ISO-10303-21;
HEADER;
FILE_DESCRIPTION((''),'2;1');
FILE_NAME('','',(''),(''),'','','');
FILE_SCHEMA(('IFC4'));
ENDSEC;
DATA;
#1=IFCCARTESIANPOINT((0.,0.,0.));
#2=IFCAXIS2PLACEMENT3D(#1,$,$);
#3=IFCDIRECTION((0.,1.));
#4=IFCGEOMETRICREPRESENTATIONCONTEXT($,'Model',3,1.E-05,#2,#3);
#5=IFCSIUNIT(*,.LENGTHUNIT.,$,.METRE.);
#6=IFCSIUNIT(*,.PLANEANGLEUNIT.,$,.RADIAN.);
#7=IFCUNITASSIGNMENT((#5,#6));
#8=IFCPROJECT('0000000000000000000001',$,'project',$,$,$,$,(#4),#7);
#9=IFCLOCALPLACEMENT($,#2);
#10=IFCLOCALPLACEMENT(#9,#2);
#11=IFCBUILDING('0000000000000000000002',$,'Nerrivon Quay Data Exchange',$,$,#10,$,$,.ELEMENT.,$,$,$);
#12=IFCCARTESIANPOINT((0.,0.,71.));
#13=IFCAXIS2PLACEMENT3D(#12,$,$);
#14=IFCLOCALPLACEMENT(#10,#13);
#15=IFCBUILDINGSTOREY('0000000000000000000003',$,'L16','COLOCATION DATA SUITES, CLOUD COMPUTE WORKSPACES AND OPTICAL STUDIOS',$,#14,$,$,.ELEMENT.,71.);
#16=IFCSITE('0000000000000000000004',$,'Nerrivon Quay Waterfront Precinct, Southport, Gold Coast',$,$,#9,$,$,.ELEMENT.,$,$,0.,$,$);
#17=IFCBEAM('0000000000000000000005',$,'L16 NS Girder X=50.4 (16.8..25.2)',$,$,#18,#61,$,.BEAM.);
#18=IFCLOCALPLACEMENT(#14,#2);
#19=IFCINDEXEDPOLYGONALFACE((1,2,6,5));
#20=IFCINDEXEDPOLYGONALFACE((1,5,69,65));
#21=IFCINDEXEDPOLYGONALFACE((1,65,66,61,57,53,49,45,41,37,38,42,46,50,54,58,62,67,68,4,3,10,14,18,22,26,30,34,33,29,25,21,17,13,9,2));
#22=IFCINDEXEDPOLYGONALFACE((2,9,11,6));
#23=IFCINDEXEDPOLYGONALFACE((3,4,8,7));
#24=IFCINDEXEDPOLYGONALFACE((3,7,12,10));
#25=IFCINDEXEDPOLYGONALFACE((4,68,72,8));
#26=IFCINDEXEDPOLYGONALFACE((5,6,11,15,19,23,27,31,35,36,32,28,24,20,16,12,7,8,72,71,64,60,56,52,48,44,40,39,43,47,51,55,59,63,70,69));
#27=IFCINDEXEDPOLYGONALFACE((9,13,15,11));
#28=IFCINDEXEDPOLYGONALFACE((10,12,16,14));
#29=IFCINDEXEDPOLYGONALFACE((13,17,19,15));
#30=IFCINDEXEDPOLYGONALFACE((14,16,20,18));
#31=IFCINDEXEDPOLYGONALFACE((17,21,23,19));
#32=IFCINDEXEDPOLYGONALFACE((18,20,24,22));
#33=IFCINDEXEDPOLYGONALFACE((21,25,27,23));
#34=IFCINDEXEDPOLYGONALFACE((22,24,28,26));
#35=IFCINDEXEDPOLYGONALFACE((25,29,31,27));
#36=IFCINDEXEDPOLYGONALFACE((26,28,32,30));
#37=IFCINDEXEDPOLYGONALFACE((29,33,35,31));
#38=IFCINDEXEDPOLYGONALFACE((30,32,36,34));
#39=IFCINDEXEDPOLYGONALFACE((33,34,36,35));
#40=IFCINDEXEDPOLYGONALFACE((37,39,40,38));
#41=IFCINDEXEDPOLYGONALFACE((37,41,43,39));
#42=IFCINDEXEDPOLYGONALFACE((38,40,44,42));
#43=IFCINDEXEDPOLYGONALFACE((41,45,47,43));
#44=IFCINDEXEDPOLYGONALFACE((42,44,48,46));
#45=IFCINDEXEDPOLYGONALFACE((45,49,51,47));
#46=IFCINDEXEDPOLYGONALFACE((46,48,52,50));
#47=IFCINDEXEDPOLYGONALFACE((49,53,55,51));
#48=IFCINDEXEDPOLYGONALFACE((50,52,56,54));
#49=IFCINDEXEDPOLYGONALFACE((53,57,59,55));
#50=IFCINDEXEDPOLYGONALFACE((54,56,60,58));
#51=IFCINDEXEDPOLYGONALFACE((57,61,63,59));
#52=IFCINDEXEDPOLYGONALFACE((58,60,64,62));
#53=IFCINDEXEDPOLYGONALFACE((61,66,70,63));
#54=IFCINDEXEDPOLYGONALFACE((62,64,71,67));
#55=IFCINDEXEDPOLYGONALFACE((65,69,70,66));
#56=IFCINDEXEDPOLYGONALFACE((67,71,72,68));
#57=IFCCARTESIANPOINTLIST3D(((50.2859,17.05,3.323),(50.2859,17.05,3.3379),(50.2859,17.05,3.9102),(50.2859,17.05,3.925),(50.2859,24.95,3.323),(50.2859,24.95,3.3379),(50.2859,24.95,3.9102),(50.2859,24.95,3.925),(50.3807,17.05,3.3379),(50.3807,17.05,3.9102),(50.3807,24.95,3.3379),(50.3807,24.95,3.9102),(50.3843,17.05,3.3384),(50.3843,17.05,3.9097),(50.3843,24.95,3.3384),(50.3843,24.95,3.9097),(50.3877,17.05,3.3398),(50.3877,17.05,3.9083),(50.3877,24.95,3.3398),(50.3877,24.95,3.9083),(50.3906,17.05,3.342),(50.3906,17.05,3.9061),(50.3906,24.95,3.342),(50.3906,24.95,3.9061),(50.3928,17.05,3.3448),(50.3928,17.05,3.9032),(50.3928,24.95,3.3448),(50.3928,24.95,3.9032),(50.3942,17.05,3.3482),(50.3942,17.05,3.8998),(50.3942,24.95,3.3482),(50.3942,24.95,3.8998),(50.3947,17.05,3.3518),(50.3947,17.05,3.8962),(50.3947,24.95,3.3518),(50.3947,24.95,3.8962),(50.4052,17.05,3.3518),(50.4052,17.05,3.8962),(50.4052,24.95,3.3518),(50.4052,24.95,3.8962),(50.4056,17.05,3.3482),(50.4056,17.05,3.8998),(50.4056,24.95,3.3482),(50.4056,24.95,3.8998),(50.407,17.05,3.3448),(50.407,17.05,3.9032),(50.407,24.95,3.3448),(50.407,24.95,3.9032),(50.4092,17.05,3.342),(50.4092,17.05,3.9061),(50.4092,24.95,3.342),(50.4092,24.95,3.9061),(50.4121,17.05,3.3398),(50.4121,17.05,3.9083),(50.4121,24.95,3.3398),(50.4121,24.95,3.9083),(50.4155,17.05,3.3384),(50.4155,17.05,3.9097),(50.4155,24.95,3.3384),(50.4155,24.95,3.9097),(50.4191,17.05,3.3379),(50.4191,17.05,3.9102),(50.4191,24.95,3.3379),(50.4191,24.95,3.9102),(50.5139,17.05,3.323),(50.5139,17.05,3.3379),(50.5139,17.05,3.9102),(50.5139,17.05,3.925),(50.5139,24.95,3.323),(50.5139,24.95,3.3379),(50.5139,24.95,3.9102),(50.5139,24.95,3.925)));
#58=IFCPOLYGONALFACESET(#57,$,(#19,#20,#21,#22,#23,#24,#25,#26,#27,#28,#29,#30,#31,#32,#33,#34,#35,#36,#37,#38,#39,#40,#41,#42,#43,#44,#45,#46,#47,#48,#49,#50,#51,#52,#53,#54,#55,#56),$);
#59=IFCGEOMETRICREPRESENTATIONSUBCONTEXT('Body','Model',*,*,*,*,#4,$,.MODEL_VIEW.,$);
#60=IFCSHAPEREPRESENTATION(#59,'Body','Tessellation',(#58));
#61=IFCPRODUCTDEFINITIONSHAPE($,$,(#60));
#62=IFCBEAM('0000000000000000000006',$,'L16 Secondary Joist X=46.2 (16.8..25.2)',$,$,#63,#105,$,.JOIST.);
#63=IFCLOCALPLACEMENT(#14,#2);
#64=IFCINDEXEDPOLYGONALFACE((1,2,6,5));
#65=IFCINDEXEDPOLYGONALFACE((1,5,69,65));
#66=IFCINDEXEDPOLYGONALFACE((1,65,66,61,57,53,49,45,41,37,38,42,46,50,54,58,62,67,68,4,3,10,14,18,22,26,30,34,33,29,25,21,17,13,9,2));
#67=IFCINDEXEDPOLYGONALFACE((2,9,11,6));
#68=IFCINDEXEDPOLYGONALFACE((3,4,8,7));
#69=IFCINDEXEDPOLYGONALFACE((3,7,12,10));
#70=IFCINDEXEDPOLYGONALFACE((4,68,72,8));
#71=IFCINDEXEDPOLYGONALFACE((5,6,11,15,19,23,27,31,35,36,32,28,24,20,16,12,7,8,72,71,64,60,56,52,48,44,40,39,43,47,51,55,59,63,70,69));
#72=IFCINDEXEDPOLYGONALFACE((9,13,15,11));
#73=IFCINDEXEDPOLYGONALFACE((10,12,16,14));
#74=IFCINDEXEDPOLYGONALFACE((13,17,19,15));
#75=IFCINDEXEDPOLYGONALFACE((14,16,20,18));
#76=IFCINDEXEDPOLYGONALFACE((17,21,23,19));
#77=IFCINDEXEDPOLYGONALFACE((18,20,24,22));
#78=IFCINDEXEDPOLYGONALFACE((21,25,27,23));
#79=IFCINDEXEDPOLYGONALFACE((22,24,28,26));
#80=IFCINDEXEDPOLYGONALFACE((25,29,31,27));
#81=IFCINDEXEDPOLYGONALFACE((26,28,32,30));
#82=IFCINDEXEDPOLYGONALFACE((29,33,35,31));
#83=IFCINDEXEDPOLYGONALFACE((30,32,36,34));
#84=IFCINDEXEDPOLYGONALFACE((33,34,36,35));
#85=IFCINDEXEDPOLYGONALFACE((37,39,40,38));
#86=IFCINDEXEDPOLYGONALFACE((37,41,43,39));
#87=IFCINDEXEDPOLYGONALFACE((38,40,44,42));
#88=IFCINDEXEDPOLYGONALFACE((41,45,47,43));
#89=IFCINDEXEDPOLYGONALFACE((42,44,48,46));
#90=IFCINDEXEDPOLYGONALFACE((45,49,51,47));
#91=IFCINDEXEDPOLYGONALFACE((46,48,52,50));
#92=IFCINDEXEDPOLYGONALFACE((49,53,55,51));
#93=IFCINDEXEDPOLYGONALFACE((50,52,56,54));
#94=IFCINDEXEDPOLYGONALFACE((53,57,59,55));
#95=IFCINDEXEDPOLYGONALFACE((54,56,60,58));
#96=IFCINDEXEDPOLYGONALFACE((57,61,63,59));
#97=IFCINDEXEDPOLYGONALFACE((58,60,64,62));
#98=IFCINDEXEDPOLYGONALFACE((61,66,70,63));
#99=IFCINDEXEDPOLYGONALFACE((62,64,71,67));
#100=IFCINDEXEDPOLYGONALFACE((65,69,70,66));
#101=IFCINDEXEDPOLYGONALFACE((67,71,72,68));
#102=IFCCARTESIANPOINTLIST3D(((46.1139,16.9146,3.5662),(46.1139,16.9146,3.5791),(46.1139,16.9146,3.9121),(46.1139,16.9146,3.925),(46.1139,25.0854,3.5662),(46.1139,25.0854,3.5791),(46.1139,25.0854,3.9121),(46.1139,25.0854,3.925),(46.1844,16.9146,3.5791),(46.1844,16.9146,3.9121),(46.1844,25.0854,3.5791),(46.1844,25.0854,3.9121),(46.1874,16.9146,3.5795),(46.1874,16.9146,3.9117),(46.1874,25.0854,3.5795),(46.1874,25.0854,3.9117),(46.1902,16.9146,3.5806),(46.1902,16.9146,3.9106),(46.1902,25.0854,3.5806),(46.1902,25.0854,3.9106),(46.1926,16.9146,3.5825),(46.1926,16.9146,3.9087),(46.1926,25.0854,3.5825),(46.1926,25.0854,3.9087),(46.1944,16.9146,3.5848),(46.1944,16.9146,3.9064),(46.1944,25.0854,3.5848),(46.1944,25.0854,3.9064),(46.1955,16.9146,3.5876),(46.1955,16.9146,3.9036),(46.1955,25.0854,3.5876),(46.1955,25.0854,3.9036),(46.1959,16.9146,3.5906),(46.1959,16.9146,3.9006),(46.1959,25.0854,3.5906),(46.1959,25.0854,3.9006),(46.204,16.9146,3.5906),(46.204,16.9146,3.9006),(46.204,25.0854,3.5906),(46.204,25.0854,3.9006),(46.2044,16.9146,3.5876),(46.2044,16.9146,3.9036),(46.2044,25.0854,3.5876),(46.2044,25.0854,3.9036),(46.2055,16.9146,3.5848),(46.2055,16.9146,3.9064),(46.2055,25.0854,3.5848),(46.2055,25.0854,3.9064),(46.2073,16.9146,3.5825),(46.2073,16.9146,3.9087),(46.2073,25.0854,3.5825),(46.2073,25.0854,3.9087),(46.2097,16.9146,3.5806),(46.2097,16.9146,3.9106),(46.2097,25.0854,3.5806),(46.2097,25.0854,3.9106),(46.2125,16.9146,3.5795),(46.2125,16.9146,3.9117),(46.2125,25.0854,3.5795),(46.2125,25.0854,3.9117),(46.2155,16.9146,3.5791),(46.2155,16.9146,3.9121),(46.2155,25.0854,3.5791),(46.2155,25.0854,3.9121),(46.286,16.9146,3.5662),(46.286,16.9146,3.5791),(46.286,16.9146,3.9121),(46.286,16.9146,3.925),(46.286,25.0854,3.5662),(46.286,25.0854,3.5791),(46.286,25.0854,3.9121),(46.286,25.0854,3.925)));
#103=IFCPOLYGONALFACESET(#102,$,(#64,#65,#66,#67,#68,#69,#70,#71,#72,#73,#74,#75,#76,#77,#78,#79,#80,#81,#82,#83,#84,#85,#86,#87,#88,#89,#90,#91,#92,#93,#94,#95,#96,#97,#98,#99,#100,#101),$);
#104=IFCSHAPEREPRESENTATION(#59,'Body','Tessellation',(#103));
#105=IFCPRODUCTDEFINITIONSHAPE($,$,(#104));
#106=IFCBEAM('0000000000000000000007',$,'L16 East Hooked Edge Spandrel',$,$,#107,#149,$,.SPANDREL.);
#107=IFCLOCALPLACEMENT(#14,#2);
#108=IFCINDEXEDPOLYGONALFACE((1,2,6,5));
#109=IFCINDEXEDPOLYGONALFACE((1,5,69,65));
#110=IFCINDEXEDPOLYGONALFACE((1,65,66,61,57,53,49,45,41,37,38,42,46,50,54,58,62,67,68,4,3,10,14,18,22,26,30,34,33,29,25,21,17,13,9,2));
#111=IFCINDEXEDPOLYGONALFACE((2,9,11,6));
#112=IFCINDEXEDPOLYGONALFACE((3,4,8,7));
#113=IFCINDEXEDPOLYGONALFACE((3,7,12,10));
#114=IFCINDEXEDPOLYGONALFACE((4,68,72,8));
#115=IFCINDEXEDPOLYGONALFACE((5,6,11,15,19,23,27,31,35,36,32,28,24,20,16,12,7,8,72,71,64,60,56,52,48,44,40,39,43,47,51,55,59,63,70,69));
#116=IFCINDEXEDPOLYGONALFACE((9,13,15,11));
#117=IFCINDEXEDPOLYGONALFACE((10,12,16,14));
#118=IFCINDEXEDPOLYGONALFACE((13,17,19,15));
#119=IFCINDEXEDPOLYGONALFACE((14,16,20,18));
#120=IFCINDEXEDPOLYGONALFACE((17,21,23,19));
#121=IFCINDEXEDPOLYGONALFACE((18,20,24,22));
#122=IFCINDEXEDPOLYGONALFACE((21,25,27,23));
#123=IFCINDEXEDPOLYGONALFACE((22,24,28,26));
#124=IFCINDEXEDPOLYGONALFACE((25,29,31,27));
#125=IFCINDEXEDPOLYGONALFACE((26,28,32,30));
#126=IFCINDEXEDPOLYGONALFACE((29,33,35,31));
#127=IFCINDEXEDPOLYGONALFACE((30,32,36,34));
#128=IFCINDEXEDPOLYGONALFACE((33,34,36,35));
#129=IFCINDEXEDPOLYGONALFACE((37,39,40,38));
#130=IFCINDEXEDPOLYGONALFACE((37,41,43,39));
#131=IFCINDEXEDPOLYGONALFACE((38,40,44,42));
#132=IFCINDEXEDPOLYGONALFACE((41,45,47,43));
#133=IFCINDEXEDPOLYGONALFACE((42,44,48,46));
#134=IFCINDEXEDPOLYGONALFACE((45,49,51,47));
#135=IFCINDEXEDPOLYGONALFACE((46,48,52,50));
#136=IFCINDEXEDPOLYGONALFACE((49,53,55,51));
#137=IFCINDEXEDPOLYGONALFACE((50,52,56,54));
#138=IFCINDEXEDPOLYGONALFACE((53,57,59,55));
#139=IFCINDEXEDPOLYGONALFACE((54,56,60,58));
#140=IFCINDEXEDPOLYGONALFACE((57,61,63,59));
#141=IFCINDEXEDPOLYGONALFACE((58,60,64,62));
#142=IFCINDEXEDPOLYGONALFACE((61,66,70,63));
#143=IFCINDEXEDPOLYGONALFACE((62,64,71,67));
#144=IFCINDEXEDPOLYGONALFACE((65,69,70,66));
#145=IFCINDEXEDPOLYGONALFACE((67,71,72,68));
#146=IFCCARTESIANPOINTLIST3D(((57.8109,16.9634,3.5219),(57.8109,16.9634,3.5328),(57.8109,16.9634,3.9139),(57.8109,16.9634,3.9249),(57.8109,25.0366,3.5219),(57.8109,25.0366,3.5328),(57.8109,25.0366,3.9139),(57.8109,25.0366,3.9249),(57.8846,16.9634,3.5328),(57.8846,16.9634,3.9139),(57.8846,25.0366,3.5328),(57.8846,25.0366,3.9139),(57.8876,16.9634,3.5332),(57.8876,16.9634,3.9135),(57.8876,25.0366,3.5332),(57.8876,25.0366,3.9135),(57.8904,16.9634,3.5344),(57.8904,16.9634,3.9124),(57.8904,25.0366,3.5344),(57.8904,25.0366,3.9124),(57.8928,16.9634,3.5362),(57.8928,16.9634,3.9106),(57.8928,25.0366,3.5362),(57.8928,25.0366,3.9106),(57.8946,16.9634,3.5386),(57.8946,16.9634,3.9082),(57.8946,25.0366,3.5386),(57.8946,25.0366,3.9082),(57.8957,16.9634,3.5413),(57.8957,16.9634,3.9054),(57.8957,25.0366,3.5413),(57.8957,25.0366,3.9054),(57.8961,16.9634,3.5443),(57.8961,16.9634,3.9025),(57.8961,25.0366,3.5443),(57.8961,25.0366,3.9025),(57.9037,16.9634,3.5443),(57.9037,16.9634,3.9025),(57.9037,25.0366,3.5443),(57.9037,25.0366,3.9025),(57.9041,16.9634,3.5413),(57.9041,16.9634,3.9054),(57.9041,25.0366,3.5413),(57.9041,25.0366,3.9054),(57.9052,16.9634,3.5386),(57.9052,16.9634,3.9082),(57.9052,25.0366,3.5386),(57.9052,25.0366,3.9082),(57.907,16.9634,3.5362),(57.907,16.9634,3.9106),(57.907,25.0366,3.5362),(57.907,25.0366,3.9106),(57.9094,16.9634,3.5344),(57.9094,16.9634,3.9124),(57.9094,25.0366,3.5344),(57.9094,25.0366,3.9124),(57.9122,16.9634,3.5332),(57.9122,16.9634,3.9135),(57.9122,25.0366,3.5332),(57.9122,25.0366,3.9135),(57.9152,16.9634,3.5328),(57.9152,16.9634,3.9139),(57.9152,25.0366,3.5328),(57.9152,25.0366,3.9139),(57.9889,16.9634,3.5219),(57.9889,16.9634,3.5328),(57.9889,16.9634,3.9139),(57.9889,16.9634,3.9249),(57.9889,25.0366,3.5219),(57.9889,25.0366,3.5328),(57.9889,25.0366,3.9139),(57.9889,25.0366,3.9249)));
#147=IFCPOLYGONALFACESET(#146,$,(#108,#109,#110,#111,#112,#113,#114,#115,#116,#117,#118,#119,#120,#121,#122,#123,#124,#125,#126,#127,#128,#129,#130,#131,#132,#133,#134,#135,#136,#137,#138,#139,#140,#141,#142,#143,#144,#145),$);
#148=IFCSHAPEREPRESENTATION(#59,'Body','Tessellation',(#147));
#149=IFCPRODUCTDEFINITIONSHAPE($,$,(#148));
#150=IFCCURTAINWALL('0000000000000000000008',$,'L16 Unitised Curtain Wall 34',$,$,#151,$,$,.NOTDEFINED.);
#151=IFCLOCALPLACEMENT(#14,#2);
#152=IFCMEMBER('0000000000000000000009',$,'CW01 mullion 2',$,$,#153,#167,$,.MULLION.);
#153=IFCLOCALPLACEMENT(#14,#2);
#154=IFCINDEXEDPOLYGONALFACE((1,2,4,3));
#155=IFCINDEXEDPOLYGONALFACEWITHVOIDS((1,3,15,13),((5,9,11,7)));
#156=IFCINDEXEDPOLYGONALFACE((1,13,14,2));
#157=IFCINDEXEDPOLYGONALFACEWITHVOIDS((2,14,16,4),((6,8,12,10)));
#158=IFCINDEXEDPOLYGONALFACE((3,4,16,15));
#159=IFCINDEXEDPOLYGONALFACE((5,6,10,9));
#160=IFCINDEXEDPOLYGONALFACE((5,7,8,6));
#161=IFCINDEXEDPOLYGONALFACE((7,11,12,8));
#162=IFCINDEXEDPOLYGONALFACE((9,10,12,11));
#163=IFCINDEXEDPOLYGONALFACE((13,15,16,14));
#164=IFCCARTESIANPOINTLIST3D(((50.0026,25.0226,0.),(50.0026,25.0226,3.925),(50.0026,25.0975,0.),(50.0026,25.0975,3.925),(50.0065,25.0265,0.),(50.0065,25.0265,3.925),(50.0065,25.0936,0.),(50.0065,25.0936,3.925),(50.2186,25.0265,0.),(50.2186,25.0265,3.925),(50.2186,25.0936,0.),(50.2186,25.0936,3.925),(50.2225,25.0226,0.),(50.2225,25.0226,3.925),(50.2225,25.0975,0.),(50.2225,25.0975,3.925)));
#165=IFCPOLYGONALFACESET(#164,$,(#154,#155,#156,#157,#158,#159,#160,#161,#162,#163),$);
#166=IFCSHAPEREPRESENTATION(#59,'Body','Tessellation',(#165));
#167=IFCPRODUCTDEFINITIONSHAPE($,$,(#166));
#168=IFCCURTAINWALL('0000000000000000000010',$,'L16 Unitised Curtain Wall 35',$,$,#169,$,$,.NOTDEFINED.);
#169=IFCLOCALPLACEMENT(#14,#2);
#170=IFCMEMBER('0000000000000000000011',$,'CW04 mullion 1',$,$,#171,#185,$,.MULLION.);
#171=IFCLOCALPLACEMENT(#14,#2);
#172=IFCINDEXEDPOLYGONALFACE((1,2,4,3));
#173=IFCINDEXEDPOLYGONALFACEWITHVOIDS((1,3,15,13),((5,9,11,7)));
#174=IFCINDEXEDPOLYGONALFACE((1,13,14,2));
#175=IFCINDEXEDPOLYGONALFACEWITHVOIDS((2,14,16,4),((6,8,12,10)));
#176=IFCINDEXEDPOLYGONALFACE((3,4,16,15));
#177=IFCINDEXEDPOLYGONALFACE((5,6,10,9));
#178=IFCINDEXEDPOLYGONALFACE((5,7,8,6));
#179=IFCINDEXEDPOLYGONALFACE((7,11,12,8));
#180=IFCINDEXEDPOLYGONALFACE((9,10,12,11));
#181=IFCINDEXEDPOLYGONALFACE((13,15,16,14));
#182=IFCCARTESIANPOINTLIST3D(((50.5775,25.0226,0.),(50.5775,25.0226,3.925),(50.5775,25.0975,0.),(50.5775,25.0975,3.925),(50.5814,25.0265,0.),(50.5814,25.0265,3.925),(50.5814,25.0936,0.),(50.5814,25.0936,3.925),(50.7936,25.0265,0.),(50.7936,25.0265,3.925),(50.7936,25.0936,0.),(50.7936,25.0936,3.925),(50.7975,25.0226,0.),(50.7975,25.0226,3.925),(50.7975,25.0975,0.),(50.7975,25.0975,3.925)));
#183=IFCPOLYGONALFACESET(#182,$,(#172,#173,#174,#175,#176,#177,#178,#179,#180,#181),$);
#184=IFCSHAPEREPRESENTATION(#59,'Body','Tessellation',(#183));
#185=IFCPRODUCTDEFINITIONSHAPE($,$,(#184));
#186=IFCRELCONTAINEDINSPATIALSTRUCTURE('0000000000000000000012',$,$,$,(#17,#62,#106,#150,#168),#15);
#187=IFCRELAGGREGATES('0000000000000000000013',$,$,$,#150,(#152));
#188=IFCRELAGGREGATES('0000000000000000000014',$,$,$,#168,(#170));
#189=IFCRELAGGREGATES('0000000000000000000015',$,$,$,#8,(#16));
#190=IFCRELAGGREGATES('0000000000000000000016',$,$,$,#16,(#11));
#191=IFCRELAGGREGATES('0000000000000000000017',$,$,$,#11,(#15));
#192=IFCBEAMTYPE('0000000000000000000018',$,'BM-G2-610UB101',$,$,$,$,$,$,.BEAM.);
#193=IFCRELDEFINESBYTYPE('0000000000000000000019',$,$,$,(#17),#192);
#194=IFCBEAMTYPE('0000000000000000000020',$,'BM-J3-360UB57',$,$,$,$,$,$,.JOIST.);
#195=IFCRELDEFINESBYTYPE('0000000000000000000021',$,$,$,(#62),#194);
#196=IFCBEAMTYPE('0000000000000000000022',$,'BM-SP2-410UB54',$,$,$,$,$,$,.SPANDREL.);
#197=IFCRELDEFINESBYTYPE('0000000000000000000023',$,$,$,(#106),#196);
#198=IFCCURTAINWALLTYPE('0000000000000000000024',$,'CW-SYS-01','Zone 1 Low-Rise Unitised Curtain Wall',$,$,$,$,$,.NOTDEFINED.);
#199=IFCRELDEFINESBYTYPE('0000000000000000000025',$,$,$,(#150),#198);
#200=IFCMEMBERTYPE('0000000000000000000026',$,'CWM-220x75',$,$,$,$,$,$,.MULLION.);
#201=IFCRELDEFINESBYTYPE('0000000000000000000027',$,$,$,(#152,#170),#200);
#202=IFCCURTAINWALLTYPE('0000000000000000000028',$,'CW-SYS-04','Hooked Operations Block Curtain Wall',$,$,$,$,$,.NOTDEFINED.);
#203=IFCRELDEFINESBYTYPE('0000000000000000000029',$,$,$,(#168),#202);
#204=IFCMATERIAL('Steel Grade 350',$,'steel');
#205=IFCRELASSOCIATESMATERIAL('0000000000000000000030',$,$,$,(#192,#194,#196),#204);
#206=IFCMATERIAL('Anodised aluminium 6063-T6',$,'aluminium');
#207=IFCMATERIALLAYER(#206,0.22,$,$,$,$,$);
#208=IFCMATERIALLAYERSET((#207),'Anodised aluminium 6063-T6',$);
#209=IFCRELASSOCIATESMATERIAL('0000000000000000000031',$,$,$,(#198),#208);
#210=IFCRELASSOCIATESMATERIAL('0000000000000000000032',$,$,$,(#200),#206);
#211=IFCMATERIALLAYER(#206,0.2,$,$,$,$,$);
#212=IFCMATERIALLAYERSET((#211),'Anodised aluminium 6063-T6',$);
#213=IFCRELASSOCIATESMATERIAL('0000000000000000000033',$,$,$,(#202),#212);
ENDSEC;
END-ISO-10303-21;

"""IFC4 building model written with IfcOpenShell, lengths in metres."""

from ifc_helpers import new_model, si_unit, direction, frame, origin, origin_2d, place, context, subcontext, project, spatial, hollow_rectangle, i_section, extrude, material, layer, layer_set, material_profile, profile_set, type_object, element, aggregate, save


model = new_model("IFC4")

# Units and contexts
model_context = context("Model", 3, precision=1e-05, world=origin(), true_north=direction((0.0, 1.0)))
body_context = subcontext(model_context, "Body", "Model", "MODEL_VIEW")
ifc_project = project(units=[si_unit("LENGTHUNIT", "METRE"), si_unit("PLANEANGLEUNIT", "RADIAN")], contexts=[model_context])

# Site, building, storey
site_placement = place(None, origin())
site = spatial("IfcSite", under=ifc_project, at=site_placement, Name="Nerrivon Quay Waterfront Precinct, Southport, Gold Coast", CompositionType="ELEMENT", RefElevation=0.0)
building_placement = place(site_placement, origin())
building = spatial("IfcBuilding", under=site, at=building_placement, Name="Nerrivon Quay Data Exchange", CompositionType="ELEMENT")
storey_placement = place(building_placement, frame((0.0, 0.0, 71.0)))
storey = spatial("IfcBuildingStorey", under=building, at=storey_placement, Name="L16", Description="COLOCATION DATA SUITES, CLOUD COMPUTE WORKSPACES AND OPTICAL STUDIOS", CompositionType="ELEMENT", Elevation=71.0)

# Shared definitions
ifc_material_1 = material(Name="Steel Grade 350", Category="steel")

# Beams
ifc_material_profile_1 = material_profile(ifc_material_1, i_section(OverallWidth=0.228, OverallDepth=0.6021, WebThickness=0.0105, FlangeThickness=0.0149, FilletRadius=0.0139, at=origin_2d()), Name="610UB101")
ifc_profile_set_1 = profile_set([ifc_material_profile_1], Name="Steel Grade 350")
beam_type_1 = type_object("IfcBeamType", Name="BM-G2-610UB101", PredefinedType="BEAM", material=ifc_profile_set_1)
beam_1_placement = place(storey_placement, frame((50.3999, 17.05, 3.624), z_axis=(0.0, 1.0, 0.0), x_axis=(-1.0, 0.0, 0.0)))
element("IfcBeam", 1, at=beam_1_placement, inside=storey, type_object=beam_type_1, Name="L16 NS Girder X=50.4 (16.8..25.2)", PredefinedType="BEAM", context=body_context, shape_type="SweptSolid", body=[
    extrude(i_section(OverallWidth=0.228, OverallDepth=0.6021, WebThickness=0.0105, FlangeThickness=0.0149, FilletRadius=0.0139, at=origin_2d()), origin(), (0.0, 0.0, 1.0), 7.8999),
])
ifc_material_profile_2 = material_profile(ifc_material_1, i_section(OverallWidth=0.1721, OverallDepth=0.3589, WebThickness=0.0081, FlangeThickness=0.0129, FilletRadius=0.0115, at=origin_2d()), Name="360UB56.7")
ifc_profile_set_2 = profile_set([ifc_material_profile_2], Name="Steel Grade 350")
beam_type_2 = type_object("IfcBeamType", Name="BM-J3-360UB57", PredefinedType="JOIST", material=ifc_profile_set_2)
beam_2_placement = place(storey_placement, frame((46.2, 16.9146, 3.7456), z_axis=(0.0, 1.0, 0.0), x_axis=(-1.0, 0.0, 0.0)))
element("IfcBeam", 2, at=beam_2_placement, inside=storey, type_object=beam_type_2, Name="L16 Secondary Joist X=46.2 (16.8..25.2)", PredefinedType="JOIST", context=body_context, shape_type="SweptSolid", body=[
    extrude(i_section(OverallWidth=0.1721, OverallDepth=0.3589, WebThickness=0.0081, FlangeThickness=0.0129, FilletRadius=0.0115, at=origin_2d()), origin(), (0.0, 0.0, 1.0), 8.1709),
])
ifc_material_profile_3 = material_profile(ifc_material_1, i_section(OverallWidth=0.178, OverallDepth=0.4031, WebThickness=0.0076, FlangeThickness=0.011, FilletRadius=0.0115, at=origin_2d()), Name="410UB53.7")
ifc_profile_set_3 = profile_set([ifc_material_profile_3], Name="Steel Grade 350")
beam_type_3 = type_object("IfcBeamType", Name="BM-SP2-410UB54", PredefinedType="SPANDREL", material=ifc_profile_set_3)
beam_3_placement = place(storey_placement, frame((57.8999, 16.9634, 3.7234), z_axis=(0.0, 1.0, 0.0), x_axis=(-1.0, 0.0, 0.0)))
element("IfcBeam", 3, at=beam_3_placement, inside=storey, type_object=beam_type_3, Name="L16 East Hooked Edge Spandrel", PredefinedType="SPANDREL", context=body_context, shape_type="SweptSolid", body=[
    extrude(i_section(OverallWidth=0.178, OverallDepth=0.4031, WebThickness=0.0076, FlangeThickness=0.011, FilletRadius=0.0115, at=origin_2d()), origin(), (0.0, 0.0, 1.0), 8.0732),
])

# Curtain wall, member
ifc_material_2 = material(Name="Anodised aluminium 6063-T6", Category="aluminium")
ifc_layer_1 = layer(ifc_material_2, 0.22)
ifc_layer_set_1 = layer_set([ifc_layer_1], Name="Anodised aluminium 6063-T6")
curtain_wall_type_1 = type_object("IfcCurtainWallType", Name="CW-SYS-01", Description="Zone 1 Low-Rise Unitised Curtain Wall", PredefinedType="NOTDEFINED", material=ifc_layer_set_1)
curtain_wall_1_placement = place(storey_placement, origin())
curtain_wall_1 = element("IfcCurtainWall", 4, at=curtain_wall_1_placement, inside=storey, type_object=curtain_wall_type_1, Name="L16 Unitised Curtain Wall 34", PredefinedType="NOTDEFINED")
ifc_material_profile_4 = material_profile(ifc_material_2, hollow_rectangle(XDim=0.075, YDim=0.22, WallThickness=0.0039, at=origin_2d()), Name="ALU-MULL-220x75")
ifc_profile_set_4 = profile_set([ifc_material_profile_4], Name="Anodised aluminium 6063-T6")
member_type_1 = type_object("IfcMemberType", Name="CWM-220x75", PredefinedType="MULLION", material=ifc_profile_set_4)
member_1_placement = place(storey_placement, frame((50.1125, 25.0601, 0.0), z_axis=(0.0, 0.0, 1.0), x_axis=(0.0, 1.0, 0.0)))
member_1 = element("IfcMember", 5, at=member_1_placement, type_object=member_type_1, Name="CW01 mullion 2", PredefinedType="MULLION", context=body_context, shape_type="SweptSolid", body=[
    extrude(hollow_rectangle(XDim=0.075, YDim=0.22, WallThickness=0.0039, at=origin_2d()), origin(), (0.0, 0.0, 1.0), 3.925),
])

# Curtain wall, member
ifc_layer_2 = layer(ifc_material_2, 0.2)
ifc_layer_set_2 = layer_set([ifc_layer_2], Name="Anodised aluminium 6063-T6")
curtain_wall_type_2 = type_object("IfcCurtainWallType", Name="CW-SYS-04", Description="Hooked Operations Block Curtain Wall", PredefinedType="NOTDEFINED", material=ifc_layer_set_2)
curtain_wall_2_placement = place(storey_placement, origin())
curtain_wall_2 = element("IfcCurtainWall", 6, at=curtain_wall_2_placement, inside=storey, type_object=curtain_wall_type_2, Name="L16 Unitised Curtain Wall 35", PredefinedType="NOTDEFINED")
member_2_placement = place(storey_placement, frame((50.6875, 25.0601, 0.0), z_axis=(0.0, 0.0, 1.0), x_axis=(0.0, 1.0, 0.0)))
member_2 = element("IfcMember", 7, at=member_2_placement, type_object=member_type_1, Name="CW04 mullion 1", PredefinedType="MULLION", context=body_context, shape_type="SweptSolid", body=[
    extrude(hollow_rectangle(XDim=0.075, YDim=0.22, WallThickness=0.0039, at=origin_2d()), origin(), (0.0, 0.0, 1.0), 3.925),
])

aggregate(curtain_wall_1, [member_1])
aggregate(curtain_wall_2, [member_2])

save(model, "model.ifc")
